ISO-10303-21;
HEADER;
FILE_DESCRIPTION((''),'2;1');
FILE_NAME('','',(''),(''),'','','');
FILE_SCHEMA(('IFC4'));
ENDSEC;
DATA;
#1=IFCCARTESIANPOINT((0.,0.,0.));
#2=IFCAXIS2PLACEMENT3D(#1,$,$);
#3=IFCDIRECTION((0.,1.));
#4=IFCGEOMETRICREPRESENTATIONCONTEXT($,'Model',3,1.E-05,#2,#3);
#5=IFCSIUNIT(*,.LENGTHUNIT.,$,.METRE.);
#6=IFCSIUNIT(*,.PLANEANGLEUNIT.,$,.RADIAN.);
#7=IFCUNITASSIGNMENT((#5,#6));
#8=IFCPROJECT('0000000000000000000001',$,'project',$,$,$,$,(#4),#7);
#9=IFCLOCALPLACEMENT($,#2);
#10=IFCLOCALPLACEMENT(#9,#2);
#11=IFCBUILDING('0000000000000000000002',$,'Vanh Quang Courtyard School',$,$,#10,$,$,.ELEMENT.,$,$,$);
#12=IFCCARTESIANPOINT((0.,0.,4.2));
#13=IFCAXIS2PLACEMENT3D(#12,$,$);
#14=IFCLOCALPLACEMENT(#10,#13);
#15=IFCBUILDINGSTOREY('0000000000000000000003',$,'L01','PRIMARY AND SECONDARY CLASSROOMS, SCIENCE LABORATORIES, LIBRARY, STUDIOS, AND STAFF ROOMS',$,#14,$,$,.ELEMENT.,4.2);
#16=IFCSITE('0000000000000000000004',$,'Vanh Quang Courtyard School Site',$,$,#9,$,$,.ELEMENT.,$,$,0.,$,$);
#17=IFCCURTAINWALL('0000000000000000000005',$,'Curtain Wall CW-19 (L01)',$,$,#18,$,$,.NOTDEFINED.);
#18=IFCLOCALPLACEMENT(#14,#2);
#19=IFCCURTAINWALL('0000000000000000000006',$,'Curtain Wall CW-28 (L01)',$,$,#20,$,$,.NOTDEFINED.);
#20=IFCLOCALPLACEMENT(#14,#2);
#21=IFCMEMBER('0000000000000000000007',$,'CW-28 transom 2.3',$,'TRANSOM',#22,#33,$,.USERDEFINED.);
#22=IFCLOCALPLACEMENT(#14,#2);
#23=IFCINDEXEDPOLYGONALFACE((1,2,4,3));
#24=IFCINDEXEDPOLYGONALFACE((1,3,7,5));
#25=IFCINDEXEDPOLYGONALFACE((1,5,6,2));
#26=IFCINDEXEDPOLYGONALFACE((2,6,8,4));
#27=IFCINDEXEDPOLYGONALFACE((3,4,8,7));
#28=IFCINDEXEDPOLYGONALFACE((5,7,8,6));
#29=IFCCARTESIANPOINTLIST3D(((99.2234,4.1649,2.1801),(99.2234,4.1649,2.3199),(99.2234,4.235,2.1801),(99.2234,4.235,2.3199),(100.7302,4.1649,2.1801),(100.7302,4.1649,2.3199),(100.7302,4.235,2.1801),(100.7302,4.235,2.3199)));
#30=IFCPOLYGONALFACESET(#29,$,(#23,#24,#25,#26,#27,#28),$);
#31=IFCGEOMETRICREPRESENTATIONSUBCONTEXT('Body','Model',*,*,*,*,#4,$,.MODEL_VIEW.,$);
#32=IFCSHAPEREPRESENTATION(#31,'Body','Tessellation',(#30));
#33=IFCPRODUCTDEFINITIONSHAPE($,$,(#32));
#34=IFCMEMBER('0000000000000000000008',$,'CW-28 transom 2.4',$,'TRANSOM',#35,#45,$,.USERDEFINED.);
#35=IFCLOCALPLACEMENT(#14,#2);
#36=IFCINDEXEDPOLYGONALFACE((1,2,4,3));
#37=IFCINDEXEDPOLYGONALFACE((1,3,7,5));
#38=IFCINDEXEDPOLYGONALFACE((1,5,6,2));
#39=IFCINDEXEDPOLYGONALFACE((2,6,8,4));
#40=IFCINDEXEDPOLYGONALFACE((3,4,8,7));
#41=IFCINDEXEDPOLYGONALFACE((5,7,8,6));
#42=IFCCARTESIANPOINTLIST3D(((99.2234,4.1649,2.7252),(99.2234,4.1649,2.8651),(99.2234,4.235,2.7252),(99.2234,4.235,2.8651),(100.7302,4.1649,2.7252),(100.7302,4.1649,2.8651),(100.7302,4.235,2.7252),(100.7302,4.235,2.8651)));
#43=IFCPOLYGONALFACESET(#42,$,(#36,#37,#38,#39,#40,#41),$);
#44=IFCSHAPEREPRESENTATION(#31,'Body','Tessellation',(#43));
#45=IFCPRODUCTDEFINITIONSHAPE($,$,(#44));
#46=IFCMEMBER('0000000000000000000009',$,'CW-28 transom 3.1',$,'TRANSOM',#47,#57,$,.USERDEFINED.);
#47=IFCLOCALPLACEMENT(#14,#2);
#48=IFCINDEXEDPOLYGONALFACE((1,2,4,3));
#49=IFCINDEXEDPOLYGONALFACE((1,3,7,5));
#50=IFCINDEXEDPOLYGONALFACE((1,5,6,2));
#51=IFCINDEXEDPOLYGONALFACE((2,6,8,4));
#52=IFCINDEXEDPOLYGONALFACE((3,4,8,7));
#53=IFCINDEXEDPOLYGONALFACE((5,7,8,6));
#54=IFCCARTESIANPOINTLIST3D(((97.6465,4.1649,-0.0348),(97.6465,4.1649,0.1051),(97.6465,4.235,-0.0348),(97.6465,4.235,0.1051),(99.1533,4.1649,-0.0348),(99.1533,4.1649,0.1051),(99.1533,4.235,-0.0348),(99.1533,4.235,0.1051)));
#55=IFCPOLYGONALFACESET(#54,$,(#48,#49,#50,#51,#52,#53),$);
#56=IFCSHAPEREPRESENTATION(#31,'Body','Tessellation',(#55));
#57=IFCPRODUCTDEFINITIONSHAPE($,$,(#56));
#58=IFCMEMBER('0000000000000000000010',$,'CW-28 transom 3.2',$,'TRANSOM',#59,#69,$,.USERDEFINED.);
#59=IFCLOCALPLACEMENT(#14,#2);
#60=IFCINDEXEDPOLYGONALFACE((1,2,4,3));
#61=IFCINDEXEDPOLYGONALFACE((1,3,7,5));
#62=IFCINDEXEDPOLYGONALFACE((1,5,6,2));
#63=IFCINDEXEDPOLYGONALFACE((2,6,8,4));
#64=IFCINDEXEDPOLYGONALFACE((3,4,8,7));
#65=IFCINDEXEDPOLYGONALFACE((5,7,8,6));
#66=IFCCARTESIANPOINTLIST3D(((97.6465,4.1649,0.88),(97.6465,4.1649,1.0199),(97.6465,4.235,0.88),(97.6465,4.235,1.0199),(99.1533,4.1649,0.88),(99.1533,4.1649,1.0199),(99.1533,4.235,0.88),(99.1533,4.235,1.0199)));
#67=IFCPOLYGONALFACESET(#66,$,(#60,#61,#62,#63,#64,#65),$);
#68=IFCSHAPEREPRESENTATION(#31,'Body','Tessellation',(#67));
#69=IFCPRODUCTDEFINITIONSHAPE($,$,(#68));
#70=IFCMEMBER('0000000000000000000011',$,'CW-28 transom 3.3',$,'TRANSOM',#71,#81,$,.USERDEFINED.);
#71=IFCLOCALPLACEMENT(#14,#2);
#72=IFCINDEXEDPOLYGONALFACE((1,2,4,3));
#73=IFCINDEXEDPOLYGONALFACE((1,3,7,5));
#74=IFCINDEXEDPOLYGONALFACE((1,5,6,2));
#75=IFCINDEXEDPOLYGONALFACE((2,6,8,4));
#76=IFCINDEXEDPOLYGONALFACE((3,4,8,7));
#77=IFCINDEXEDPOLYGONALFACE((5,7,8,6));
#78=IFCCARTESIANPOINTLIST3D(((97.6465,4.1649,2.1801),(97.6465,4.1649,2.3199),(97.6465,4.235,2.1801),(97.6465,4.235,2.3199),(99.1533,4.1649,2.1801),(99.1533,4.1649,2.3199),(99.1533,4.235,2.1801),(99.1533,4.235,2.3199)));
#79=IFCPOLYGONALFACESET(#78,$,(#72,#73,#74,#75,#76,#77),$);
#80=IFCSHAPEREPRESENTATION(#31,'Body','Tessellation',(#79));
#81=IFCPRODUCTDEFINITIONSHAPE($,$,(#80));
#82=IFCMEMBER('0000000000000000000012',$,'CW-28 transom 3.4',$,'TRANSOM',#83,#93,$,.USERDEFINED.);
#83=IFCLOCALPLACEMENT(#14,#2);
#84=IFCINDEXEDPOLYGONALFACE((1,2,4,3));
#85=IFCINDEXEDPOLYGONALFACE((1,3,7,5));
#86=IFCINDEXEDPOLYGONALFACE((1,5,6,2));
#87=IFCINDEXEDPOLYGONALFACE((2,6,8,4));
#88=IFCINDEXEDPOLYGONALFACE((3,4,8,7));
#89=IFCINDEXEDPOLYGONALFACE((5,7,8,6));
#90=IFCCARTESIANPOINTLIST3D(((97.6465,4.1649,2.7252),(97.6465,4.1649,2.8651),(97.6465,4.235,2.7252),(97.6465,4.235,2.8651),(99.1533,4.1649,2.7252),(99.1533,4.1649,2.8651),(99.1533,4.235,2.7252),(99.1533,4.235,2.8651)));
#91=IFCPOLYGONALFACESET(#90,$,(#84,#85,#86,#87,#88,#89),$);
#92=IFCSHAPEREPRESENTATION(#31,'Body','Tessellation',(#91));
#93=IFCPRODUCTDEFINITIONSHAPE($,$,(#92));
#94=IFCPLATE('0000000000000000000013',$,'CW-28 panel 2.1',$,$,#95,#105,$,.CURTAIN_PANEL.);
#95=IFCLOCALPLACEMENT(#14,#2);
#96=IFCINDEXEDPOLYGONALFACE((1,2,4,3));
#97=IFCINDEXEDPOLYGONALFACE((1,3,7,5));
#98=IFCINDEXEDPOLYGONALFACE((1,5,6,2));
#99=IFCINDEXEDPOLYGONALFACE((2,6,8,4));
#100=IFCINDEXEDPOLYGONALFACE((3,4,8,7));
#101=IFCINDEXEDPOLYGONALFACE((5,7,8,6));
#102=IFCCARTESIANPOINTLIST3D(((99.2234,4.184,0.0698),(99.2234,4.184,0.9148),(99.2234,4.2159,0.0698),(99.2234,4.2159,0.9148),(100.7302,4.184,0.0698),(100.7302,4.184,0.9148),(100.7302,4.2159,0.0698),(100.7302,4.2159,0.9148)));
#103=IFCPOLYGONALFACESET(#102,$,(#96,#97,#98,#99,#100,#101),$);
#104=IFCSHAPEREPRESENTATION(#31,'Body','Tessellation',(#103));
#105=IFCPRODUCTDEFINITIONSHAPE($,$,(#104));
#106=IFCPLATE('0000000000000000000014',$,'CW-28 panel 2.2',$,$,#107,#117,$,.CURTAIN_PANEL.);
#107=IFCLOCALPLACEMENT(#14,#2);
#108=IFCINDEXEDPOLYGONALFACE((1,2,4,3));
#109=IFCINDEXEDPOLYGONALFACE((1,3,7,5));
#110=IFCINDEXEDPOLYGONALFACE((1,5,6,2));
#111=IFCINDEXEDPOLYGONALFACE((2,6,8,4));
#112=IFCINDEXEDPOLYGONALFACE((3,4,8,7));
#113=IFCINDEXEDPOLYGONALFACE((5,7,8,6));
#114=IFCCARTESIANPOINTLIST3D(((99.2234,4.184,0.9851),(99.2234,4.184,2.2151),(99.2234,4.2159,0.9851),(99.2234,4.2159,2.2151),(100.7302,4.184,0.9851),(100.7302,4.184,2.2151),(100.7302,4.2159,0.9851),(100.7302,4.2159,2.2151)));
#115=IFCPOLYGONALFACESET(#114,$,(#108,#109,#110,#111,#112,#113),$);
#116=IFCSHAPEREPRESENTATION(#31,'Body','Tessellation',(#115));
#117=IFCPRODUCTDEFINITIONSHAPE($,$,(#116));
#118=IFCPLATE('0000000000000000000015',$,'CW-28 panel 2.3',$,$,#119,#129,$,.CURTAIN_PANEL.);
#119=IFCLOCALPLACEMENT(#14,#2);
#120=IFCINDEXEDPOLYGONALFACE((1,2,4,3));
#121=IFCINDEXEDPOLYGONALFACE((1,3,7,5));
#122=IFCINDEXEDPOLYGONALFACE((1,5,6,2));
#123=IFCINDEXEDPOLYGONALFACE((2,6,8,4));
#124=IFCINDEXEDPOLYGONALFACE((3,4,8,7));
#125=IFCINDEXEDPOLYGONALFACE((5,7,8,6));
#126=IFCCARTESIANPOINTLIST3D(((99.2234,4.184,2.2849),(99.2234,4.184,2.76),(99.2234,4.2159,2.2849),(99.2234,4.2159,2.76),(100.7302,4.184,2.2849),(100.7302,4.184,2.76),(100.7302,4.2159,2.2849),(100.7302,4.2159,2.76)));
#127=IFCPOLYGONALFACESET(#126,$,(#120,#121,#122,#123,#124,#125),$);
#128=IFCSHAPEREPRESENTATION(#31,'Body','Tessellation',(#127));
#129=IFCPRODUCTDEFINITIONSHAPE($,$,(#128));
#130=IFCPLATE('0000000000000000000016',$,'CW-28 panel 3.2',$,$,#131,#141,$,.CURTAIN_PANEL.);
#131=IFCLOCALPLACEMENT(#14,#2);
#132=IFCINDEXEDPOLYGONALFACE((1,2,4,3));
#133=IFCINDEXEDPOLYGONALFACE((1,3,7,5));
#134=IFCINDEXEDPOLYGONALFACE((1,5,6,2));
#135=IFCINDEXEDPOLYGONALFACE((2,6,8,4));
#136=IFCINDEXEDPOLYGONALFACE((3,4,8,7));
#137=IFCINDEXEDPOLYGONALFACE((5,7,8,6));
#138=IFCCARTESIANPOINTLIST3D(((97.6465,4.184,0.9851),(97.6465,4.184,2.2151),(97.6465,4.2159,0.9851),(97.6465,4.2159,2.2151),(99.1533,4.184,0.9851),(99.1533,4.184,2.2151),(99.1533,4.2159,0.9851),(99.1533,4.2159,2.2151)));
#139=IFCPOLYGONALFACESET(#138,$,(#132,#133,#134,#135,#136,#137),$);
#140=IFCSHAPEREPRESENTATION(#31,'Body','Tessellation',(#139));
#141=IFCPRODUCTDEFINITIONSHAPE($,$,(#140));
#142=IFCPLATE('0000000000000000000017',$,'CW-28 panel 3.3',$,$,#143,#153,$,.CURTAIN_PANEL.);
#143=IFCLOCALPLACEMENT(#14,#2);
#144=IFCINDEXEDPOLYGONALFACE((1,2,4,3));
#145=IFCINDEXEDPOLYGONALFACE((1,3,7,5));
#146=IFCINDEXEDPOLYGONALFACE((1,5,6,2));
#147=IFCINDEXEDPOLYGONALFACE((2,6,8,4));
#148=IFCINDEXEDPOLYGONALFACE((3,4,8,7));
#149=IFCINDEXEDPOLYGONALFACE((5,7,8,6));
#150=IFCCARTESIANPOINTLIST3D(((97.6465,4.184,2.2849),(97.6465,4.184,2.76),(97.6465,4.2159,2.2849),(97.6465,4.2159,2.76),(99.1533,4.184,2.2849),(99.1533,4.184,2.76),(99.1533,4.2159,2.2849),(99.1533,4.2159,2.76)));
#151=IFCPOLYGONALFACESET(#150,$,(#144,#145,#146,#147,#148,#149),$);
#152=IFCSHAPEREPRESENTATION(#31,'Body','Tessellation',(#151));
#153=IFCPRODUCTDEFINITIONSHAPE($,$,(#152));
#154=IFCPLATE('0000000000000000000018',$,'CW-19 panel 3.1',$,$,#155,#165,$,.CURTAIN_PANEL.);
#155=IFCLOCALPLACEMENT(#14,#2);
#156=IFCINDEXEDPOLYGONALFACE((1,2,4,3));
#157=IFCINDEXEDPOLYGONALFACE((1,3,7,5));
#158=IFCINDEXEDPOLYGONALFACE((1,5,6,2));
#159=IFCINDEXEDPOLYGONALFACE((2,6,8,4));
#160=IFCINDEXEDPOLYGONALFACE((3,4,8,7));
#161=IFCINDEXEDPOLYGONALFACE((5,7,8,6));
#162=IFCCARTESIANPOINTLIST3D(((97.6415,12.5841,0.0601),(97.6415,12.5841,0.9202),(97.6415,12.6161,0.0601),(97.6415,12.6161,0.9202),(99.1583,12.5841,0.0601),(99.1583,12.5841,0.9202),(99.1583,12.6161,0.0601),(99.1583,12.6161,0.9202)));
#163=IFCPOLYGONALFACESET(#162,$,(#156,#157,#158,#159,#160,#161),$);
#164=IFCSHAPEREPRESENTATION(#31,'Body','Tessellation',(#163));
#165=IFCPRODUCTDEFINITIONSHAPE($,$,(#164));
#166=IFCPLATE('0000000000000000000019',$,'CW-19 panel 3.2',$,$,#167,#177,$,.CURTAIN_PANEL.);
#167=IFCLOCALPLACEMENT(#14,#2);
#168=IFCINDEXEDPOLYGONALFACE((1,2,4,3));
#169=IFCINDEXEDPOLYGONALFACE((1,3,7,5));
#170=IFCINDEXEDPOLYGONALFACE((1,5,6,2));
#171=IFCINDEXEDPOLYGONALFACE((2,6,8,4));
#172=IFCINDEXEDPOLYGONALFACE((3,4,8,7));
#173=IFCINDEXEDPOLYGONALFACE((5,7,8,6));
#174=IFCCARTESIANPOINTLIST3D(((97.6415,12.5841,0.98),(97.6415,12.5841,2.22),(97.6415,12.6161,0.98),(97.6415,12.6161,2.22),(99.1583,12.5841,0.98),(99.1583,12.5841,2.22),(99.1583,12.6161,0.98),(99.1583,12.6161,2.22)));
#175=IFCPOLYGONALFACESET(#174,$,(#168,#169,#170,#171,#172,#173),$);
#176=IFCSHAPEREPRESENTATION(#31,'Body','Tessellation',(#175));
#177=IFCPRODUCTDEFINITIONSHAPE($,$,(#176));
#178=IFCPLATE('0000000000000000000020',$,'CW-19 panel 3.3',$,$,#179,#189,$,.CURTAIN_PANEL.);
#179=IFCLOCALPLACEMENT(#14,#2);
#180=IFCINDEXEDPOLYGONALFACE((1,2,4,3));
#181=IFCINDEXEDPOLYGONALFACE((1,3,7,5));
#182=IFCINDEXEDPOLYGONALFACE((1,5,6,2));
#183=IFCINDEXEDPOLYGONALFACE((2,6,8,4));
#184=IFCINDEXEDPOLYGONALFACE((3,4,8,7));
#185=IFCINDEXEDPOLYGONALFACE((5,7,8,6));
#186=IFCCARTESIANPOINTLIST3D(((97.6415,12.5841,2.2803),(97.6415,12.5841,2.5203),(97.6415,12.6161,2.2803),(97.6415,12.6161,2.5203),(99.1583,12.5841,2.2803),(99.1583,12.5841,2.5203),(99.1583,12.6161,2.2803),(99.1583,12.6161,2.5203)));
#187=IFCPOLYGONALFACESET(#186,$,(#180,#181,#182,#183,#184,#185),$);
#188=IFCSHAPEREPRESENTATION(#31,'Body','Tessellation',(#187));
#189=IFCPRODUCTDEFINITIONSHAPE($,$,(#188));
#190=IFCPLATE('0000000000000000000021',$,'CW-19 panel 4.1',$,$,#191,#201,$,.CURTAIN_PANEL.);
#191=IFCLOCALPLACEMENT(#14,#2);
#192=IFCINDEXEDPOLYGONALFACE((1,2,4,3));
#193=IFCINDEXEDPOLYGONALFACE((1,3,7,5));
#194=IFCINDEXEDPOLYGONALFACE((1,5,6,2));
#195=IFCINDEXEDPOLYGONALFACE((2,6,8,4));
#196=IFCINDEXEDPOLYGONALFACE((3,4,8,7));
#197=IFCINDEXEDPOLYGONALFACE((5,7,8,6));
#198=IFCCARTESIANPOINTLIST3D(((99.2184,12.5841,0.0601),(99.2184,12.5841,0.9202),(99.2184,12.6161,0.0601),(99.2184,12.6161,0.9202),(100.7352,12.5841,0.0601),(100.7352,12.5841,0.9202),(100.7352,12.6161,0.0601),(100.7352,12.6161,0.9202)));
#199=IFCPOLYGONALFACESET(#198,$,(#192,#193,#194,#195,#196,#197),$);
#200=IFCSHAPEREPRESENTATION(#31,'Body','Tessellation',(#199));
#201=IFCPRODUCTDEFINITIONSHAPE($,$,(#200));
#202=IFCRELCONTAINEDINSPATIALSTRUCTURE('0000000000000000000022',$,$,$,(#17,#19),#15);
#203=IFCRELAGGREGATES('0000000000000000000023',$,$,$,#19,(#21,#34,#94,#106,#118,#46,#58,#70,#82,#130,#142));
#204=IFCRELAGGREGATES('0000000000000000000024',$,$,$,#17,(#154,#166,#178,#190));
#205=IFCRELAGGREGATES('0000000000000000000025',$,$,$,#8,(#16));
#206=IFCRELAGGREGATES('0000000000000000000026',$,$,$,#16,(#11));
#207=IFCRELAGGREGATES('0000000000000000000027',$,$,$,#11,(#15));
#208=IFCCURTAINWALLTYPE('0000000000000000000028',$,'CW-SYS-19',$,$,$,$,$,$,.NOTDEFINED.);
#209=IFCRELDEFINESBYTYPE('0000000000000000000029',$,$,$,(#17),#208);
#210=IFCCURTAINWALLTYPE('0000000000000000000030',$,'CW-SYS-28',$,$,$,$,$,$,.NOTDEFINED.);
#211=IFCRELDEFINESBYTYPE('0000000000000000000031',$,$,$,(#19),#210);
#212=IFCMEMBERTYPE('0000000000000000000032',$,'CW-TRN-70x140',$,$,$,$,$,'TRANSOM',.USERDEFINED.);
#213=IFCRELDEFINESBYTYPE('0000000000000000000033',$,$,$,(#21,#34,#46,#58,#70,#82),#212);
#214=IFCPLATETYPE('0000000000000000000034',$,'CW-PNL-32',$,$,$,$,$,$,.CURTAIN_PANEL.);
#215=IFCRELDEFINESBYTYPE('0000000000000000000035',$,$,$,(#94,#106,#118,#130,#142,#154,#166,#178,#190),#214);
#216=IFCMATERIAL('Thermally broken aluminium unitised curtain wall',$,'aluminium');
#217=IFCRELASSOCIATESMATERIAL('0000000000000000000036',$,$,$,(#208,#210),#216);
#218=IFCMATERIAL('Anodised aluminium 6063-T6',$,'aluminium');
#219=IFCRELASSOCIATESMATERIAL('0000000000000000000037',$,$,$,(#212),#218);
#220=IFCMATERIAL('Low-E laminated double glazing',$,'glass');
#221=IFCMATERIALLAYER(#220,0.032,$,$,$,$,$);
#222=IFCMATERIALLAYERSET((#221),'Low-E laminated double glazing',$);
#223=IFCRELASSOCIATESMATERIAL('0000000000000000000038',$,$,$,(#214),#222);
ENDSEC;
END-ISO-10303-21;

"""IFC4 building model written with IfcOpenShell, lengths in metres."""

from ifc_helpers import new_model, si_unit, direction, frame, origin, origin_2d, place, context, subcontext, project, spatial, rectangle, extrude, material, layer, layer_set, material_profile, profile_set, type_object, element, aggregate, save


model = new_model("IFC4")

# Units and contexts
model_context = context("Model", 3, precision=1e-05, world=origin(), true_north=direction((0.0, 1.0)))
body_context = subcontext(model_context, "Body", "Model", "MODEL_VIEW")
ifc_project = project(units=[si_unit("LENGTHUNIT", "METRE"), si_unit("PLANEANGLEUNIT", "RADIAN")], contexts=[model_context])

# Site, building, storey
site_placement = place(None, origin())
site = spatial("IfcSite", under=ifc_project, at=site_placement, Name="Vanh Quang Courtyard School Site", CompositionType="ELEMENT", RefElevation=0.0)
building_placement = place(site_placement, origin())
building = spatial("IfcBuilding", under=site, at=building_placement, Name="Vanh Quang Courtyard School", CompositionType="ELEMENT")
storey_placement = place(building_placement, frame((0.0, 0.0, 4.2)))
storey = spatial("IfcBuildingStorey", under=building, at=storey_placement, Name="L01", Description="PRIMARY AND SECONDARY CLASSROOMS, SCIENCE LABORATORIES, LIBRARY, STUDIOS, AND STAFF ROOMS", CompositionType="ELEMENT", Elevation=4.2)

# Curtain walls
ifc_material_1 = material(Name="Thermally broken aluminium unitised curtain wall", Category="aluminium")
curtain_wall_type_1 = type_object("IfcCurtainWallType", Name="CW-SYS-19", PredefinedType="NOTDEFINED", material=ifc_material_1)
curtain_wall_1_placement = place(storey_placement, origin())
curtain_wall_1 = element("IfcCurtainWall", 1, at=curtain_wall_1_placement, inside=storey, type_object=curtain_wall_type_1, Name="Curtain Wall CW-19 (L01)", PredefinedType="NOTDEFINED")
ifc_material_2 = material(Name="Anodised aluminium 6063-T6", Category="aluminium")
curtain_wall_type_2 = type_object("IfcCurtainWallType", Name="CW-SYS-28", PredefinedType="NOTDEFINED", material=ifc_material_1)
curtain_wall_2_placement = place(storey_placement, origin())
curtain_wall_2 = element("IfcCurtainWall", 2, at=curtain_wall_2_placement, inside=storey, type_object=curtain_wall_type_2, Name="Curtain Wall CW-28 (L01)", PredefinedType="NOTDEFINED")

# Members
ifc_material_profile_1 = material_profile(ifc_material_2, rectangle(XDim=0.0701, YDim=0.1399, at=origin_2d()), Name="ALU-TRN 70x140")
ifc_profile_set_1 = profile_set([ifc_material_profile_1], Name="Anodised aluminium 6063-T6")
member_type_1 = type_object("IfcMemberType", Name="CW-TRN-70x140", ElementType="TRANSOM", PredefinedType="USERDEFINED", material=ifc_profile_set_1)
member_1_placement = place(storey_placement, frame((100.7302, 4.2, 2.25), z_axis=(-1.0, 0.0, 0.0), x_axis=(0.0, -1.0, 0.0)))
member_1 = element("IfcMember", 3, at=member_1_placement, type_object=member_type_1, Name="CW-28 transom 2.3", ObjectType="TRANSOM", PredefinedType="USERDEFINED", context=body_context, shape_type="SweptSolid", body=[
    extrude(rectangle(XDim=0.0701, YDim=0.1399, at=origin_2d()), origin(), (0.0, 0.0, 1.0), 1.5068),
])
member_2_placement = place(storey_placement, frame((100.7302, 4.2, 2.7952), z_axis=(-1.0, 0.0, 0.0), x_axis=(0.0, -1.0, 0.0)))
member_2 = element("IfcMember", 4, at=member_2_placement, type_object=member_type_1, Name="CW-28 transom 2.4", ObjectType="TRANSOM", PredefinedType="USERDEFINED", context=body_context, shape_type="SweptSolid", body=[
    extrude(rectangle(XDim=0.0701, YDim=0.1399, at=origin_2d()), origin(), (0.0, 0.0, 1.0), 1.5068),
])
member_3_placement = place(storey_placement, frame((99.1533, 4.2, 0.0352), z_axis=(-1.0, 0.0, 0.0), x_axis=(0.0, -1.0, 0.0)))
member_3 = element("IfcMember", 5, at=member_3_placement, type_object=member_type_1, Name="CW-28 transom 3.1", ObjectType="TRANSOM", PredefinedType="USERDEFINED", context=body_context, shape_type="SweptSolid", body=[
    extrude(rectangle(XDim=0.0701, YDim=0.1399, at=origin_2d()), origin(), (0.0, 0.0, 1.0), 1.5068),
])
member_4_placement = place(storey_placement, frame((99.1533, 4.2, 0.95), z_axis=(-1.0, 0.0, 0.0), x_axis=(0.0, -1.0, 0.0)))
member_4 = element("IfcMember", 6, at=member_4_placement, type_object=member_type_1, Name="CW-28 transom 3.2", ObjectType="TRANSOM", PredefinedType="USERDEFINED", context=body_context, shape_type="SweptSolid", body=[
    extrude(rectangle(XDim=0.0701, YDim=0.1399, at=origin_2d()), origin(), (0.0, 0.0, 1.0), 1.5068),
])
member_5_placement = place(storey_placement, frame((99.1533, 4.2, 2.25), z_axis=(-1.0, 0.0, 0.0), x_axis=(0.0, -1.0, 0.0)))
member_5 = element("IfcMember", 7, at=member_5_placement, type_object=member_type_1, Name="CW-28 transom 3.3", ObjectType="TRANSOM", PredefinedType="USERDEFINED", context=body_context, shape_type="SweptSolid", body=[
    extrude(rectangle(XDim=0.0701, YDim=0.1399, at=origin_2d()), origin(), (0.0, 0.0, 1.0), 1.5068),
])
member_6_placement = place(storey_placement, frame((99.1533, 4.2, 2.7952), z_axis=(-1.0, 0.0, 0.0), x_axis=(0.0, -1.0, 0.0)))
member_6 = element("IfcMember", 8, at=member_6_placement, type_object=member_type_1, Name="CW-28 transom 3.4", ObjectType="TRANSOM", PredefinedType="USERDEFINED", context=body_context, shape_type="SweptSolid", body=[
    extrude(rectangle(XDim=0.0701, YDim=0.1399, at=origin_2d()), origin(), (0.0, 0.0, 1.0), 1.5068),
])

# Plates
ifc_material_3 = material(Name="Low-E laminated double glazing", Category="glass")
ifc_layer = layer(ifc_material_3, 0.032)
ifc_layer_set = layer_set([ifc_layer], Name="Low-E laminated double glazing")
plate_type = type_object("IfcPlateType", Name="CW-PNL-32", PredefinedType="CURTAIN_PANEL", material=ifc_layer_set)
plate_1_placement = place(storey_placement, frame((99.9768, 4.2, 0.0698), z_axis=(0.0, 0.0, 1.0), x_axis=(-1.0, 0.0, 0.0)))
plate_1 = element("IfcPlate", 9, at=plate_1_placement, type_object=plate_type, Name="CW-28 panel 2.1", PredefinedType="CURTAIN_PANEL", context=body_context, shape_type="SweptSolid", body=[
    extrude(rectangle(XDim=1.5068, YDim=0.032, at=origin_2d()), origin(), (0.0, 0.0, 1.0), 0.845),
])
plate_2_placement = place(storey_placement, frame((99.9768, 4.2, 0.9851), z_axis=(0.0, 0.0, 1.0), x_axis=(-1.0, 0.0, 0.0)))
plate_2 = element("IfcPlate", 10, at=plate_2_placement, type_object=plate_type, Name="CW-28 panel 2.2", PredefinedType="CURTAIN_PANEL", context=body_context, shape_type="SweptSolid", body=[
    extrude(rectangle(XDim=1.5068, YDim=0.032, at=origin_2d()), origin(), (0.0, 0.0, 1.0), 1.23),
])
plate_3_placement = place(storey_placement, frame((99.9768, 4.2, 2.2849), z_axis=(0.0, 0.0, 1.0), x_axis=(-1.0, 0.0, 0.0)))
plate_3 = element("IfcPlate", 11, at=plate_3_placement, type_object=plate_type, Name="CW-28 panel 2.3", PredefinedType="CURTAIN_PANEL", context=body_context, shape_type="SweptSolid", body=[
    extrude(rectangle(XDim=1.5068, YDim=0.032, at=origin_2d()), origin(), (0.0, 0.0, 1.0), 0.4751),
])
plate_4_placement = place(storey_placement, frame((98.3999, 4.2, 0.9851), z_axis=(0.0, 0.0, 1.0), x_axis=(-1.0, 0.0, 0.0)))
plate_4 = element("IfcPlate", 12, at=plate_4_placement, type_object=plate_type, Name="CW-28 panel 3.2", PredefinedType="CURTAIN_PANEL", context=body_context, shape_type="SweptSolid", body=[
    extrude(rectangle(XDim=1.5068, YDim=0.032, at=origin_2d()), origin(), (0.0, 0.0, 1.0), 1.23),
])
plate_5_placement = place(storey_placement, frame((98.3999, 4.2, 2.2849), z_axis=(0.0, 0.0, 1.0), x_axis=(-1.0, 0.0, 0.0)))
plate_5 = element("IfcPlate", 13, at=plate_5_placement, type_object=plate_type, Name="CW-28 panel 3.3", PredefinedType="CURTAIN_PANEL", context=body_context, shape_type="SweptSolid", body=[
    extrude(rectangle(XDim=1.5068, YDim=0.032, at=origin_2d()), origin(), (0.0, 0.0, 1.0), 0.4751),
])
aggregate(curtain_wall_2, [member_1, member_2, plate_1, plate_2, plate_3, member_3, member_4, member_5, member_6, plate_4, plate_5])
plate_6_placement = place(storey_placement, frame((98.3999, 12.6001, 0.0601), z_axis=(0.0, 0.0, 1.0), x_axis=(1.0, 0.0, 0.0)))
plate_6 = element("IfcPlate", 14, at=plate_6_placement, type_object=plate_type, Name="CW-19 panel 3.1", PredefinedType="CURTAIN_PANEL", context=body_context, shape_type="SweptSolid", body=[
    extrude(rectangle(XDim=1.5168, YDim=0.032, at=origin_2d()), origin(), (0.0, 0.0, 1.0), 0.8601),
])
plate_7_placement = place(storey_placement, frame((98.3999, 12.6001, 0.98), z_axis=(0.0, 0.0, 1.0), x_axis=(1.0, 0.0, 0.0)))
plate_7 = element("IfcPlate", 15, at=plate_7_placement, type_object=plate_type, Name="CW-19 panel 3.2", PredefinedType="CURTAIN_PANEL", context=body_context, shape_type="SweptSolid", body=[
    extrude(rectangle(XDim=1.5168, YDim=0.032, at=origin_2d()), origin(), (0.0, 0.0, 1.0), 1.24),
])
plate_8_placement = place(storey_placement, frame((98.3999, 12.6001, 2.2803), z_axis=(0.0, 0.0, 1.0), x_axis=(1.0, 0.0, 0.0)))
plate_8 = element("IfcPlate", 16, at=plate_8_placement, type_object=plate_type, Name="CW-19 panel 3.3", PredefinedType="CURTAIN_PANEL", context=body_context, shape_type="SweptSolid", body=[
    extrude(rectangle(XDim=1.5168, YDim=0.032, at=origin_2d()), origin(), (0.0, 0.0, 1.0), 0.24),
])
plate_9_placement = place(storey_placement, frame((99.9768, 12.6001, 0.0601), z_axis=(0.0, 0.0, 1.0), x_axis=(1.0, 0.0, 0.0)))
plate_9 = element("IfcPlate", 17, at=plate_9_placement, type_object=plate_type, Name="CW-19 panel 4.1", PredefinedType="CURTAIN_PANEL", context=body_context, shape_type="SweptSolid", body=[
    extrude(rectangle(XDim=1.5168, YDim=0.032, at=origin_2d()), origin(), (0.0, 0.0, 1.0), 0.8601),
])
aggregate(curtain_wall_1, [plate_6, plate_7, plate_8, plate_9])

save(model, "model.ifc")
